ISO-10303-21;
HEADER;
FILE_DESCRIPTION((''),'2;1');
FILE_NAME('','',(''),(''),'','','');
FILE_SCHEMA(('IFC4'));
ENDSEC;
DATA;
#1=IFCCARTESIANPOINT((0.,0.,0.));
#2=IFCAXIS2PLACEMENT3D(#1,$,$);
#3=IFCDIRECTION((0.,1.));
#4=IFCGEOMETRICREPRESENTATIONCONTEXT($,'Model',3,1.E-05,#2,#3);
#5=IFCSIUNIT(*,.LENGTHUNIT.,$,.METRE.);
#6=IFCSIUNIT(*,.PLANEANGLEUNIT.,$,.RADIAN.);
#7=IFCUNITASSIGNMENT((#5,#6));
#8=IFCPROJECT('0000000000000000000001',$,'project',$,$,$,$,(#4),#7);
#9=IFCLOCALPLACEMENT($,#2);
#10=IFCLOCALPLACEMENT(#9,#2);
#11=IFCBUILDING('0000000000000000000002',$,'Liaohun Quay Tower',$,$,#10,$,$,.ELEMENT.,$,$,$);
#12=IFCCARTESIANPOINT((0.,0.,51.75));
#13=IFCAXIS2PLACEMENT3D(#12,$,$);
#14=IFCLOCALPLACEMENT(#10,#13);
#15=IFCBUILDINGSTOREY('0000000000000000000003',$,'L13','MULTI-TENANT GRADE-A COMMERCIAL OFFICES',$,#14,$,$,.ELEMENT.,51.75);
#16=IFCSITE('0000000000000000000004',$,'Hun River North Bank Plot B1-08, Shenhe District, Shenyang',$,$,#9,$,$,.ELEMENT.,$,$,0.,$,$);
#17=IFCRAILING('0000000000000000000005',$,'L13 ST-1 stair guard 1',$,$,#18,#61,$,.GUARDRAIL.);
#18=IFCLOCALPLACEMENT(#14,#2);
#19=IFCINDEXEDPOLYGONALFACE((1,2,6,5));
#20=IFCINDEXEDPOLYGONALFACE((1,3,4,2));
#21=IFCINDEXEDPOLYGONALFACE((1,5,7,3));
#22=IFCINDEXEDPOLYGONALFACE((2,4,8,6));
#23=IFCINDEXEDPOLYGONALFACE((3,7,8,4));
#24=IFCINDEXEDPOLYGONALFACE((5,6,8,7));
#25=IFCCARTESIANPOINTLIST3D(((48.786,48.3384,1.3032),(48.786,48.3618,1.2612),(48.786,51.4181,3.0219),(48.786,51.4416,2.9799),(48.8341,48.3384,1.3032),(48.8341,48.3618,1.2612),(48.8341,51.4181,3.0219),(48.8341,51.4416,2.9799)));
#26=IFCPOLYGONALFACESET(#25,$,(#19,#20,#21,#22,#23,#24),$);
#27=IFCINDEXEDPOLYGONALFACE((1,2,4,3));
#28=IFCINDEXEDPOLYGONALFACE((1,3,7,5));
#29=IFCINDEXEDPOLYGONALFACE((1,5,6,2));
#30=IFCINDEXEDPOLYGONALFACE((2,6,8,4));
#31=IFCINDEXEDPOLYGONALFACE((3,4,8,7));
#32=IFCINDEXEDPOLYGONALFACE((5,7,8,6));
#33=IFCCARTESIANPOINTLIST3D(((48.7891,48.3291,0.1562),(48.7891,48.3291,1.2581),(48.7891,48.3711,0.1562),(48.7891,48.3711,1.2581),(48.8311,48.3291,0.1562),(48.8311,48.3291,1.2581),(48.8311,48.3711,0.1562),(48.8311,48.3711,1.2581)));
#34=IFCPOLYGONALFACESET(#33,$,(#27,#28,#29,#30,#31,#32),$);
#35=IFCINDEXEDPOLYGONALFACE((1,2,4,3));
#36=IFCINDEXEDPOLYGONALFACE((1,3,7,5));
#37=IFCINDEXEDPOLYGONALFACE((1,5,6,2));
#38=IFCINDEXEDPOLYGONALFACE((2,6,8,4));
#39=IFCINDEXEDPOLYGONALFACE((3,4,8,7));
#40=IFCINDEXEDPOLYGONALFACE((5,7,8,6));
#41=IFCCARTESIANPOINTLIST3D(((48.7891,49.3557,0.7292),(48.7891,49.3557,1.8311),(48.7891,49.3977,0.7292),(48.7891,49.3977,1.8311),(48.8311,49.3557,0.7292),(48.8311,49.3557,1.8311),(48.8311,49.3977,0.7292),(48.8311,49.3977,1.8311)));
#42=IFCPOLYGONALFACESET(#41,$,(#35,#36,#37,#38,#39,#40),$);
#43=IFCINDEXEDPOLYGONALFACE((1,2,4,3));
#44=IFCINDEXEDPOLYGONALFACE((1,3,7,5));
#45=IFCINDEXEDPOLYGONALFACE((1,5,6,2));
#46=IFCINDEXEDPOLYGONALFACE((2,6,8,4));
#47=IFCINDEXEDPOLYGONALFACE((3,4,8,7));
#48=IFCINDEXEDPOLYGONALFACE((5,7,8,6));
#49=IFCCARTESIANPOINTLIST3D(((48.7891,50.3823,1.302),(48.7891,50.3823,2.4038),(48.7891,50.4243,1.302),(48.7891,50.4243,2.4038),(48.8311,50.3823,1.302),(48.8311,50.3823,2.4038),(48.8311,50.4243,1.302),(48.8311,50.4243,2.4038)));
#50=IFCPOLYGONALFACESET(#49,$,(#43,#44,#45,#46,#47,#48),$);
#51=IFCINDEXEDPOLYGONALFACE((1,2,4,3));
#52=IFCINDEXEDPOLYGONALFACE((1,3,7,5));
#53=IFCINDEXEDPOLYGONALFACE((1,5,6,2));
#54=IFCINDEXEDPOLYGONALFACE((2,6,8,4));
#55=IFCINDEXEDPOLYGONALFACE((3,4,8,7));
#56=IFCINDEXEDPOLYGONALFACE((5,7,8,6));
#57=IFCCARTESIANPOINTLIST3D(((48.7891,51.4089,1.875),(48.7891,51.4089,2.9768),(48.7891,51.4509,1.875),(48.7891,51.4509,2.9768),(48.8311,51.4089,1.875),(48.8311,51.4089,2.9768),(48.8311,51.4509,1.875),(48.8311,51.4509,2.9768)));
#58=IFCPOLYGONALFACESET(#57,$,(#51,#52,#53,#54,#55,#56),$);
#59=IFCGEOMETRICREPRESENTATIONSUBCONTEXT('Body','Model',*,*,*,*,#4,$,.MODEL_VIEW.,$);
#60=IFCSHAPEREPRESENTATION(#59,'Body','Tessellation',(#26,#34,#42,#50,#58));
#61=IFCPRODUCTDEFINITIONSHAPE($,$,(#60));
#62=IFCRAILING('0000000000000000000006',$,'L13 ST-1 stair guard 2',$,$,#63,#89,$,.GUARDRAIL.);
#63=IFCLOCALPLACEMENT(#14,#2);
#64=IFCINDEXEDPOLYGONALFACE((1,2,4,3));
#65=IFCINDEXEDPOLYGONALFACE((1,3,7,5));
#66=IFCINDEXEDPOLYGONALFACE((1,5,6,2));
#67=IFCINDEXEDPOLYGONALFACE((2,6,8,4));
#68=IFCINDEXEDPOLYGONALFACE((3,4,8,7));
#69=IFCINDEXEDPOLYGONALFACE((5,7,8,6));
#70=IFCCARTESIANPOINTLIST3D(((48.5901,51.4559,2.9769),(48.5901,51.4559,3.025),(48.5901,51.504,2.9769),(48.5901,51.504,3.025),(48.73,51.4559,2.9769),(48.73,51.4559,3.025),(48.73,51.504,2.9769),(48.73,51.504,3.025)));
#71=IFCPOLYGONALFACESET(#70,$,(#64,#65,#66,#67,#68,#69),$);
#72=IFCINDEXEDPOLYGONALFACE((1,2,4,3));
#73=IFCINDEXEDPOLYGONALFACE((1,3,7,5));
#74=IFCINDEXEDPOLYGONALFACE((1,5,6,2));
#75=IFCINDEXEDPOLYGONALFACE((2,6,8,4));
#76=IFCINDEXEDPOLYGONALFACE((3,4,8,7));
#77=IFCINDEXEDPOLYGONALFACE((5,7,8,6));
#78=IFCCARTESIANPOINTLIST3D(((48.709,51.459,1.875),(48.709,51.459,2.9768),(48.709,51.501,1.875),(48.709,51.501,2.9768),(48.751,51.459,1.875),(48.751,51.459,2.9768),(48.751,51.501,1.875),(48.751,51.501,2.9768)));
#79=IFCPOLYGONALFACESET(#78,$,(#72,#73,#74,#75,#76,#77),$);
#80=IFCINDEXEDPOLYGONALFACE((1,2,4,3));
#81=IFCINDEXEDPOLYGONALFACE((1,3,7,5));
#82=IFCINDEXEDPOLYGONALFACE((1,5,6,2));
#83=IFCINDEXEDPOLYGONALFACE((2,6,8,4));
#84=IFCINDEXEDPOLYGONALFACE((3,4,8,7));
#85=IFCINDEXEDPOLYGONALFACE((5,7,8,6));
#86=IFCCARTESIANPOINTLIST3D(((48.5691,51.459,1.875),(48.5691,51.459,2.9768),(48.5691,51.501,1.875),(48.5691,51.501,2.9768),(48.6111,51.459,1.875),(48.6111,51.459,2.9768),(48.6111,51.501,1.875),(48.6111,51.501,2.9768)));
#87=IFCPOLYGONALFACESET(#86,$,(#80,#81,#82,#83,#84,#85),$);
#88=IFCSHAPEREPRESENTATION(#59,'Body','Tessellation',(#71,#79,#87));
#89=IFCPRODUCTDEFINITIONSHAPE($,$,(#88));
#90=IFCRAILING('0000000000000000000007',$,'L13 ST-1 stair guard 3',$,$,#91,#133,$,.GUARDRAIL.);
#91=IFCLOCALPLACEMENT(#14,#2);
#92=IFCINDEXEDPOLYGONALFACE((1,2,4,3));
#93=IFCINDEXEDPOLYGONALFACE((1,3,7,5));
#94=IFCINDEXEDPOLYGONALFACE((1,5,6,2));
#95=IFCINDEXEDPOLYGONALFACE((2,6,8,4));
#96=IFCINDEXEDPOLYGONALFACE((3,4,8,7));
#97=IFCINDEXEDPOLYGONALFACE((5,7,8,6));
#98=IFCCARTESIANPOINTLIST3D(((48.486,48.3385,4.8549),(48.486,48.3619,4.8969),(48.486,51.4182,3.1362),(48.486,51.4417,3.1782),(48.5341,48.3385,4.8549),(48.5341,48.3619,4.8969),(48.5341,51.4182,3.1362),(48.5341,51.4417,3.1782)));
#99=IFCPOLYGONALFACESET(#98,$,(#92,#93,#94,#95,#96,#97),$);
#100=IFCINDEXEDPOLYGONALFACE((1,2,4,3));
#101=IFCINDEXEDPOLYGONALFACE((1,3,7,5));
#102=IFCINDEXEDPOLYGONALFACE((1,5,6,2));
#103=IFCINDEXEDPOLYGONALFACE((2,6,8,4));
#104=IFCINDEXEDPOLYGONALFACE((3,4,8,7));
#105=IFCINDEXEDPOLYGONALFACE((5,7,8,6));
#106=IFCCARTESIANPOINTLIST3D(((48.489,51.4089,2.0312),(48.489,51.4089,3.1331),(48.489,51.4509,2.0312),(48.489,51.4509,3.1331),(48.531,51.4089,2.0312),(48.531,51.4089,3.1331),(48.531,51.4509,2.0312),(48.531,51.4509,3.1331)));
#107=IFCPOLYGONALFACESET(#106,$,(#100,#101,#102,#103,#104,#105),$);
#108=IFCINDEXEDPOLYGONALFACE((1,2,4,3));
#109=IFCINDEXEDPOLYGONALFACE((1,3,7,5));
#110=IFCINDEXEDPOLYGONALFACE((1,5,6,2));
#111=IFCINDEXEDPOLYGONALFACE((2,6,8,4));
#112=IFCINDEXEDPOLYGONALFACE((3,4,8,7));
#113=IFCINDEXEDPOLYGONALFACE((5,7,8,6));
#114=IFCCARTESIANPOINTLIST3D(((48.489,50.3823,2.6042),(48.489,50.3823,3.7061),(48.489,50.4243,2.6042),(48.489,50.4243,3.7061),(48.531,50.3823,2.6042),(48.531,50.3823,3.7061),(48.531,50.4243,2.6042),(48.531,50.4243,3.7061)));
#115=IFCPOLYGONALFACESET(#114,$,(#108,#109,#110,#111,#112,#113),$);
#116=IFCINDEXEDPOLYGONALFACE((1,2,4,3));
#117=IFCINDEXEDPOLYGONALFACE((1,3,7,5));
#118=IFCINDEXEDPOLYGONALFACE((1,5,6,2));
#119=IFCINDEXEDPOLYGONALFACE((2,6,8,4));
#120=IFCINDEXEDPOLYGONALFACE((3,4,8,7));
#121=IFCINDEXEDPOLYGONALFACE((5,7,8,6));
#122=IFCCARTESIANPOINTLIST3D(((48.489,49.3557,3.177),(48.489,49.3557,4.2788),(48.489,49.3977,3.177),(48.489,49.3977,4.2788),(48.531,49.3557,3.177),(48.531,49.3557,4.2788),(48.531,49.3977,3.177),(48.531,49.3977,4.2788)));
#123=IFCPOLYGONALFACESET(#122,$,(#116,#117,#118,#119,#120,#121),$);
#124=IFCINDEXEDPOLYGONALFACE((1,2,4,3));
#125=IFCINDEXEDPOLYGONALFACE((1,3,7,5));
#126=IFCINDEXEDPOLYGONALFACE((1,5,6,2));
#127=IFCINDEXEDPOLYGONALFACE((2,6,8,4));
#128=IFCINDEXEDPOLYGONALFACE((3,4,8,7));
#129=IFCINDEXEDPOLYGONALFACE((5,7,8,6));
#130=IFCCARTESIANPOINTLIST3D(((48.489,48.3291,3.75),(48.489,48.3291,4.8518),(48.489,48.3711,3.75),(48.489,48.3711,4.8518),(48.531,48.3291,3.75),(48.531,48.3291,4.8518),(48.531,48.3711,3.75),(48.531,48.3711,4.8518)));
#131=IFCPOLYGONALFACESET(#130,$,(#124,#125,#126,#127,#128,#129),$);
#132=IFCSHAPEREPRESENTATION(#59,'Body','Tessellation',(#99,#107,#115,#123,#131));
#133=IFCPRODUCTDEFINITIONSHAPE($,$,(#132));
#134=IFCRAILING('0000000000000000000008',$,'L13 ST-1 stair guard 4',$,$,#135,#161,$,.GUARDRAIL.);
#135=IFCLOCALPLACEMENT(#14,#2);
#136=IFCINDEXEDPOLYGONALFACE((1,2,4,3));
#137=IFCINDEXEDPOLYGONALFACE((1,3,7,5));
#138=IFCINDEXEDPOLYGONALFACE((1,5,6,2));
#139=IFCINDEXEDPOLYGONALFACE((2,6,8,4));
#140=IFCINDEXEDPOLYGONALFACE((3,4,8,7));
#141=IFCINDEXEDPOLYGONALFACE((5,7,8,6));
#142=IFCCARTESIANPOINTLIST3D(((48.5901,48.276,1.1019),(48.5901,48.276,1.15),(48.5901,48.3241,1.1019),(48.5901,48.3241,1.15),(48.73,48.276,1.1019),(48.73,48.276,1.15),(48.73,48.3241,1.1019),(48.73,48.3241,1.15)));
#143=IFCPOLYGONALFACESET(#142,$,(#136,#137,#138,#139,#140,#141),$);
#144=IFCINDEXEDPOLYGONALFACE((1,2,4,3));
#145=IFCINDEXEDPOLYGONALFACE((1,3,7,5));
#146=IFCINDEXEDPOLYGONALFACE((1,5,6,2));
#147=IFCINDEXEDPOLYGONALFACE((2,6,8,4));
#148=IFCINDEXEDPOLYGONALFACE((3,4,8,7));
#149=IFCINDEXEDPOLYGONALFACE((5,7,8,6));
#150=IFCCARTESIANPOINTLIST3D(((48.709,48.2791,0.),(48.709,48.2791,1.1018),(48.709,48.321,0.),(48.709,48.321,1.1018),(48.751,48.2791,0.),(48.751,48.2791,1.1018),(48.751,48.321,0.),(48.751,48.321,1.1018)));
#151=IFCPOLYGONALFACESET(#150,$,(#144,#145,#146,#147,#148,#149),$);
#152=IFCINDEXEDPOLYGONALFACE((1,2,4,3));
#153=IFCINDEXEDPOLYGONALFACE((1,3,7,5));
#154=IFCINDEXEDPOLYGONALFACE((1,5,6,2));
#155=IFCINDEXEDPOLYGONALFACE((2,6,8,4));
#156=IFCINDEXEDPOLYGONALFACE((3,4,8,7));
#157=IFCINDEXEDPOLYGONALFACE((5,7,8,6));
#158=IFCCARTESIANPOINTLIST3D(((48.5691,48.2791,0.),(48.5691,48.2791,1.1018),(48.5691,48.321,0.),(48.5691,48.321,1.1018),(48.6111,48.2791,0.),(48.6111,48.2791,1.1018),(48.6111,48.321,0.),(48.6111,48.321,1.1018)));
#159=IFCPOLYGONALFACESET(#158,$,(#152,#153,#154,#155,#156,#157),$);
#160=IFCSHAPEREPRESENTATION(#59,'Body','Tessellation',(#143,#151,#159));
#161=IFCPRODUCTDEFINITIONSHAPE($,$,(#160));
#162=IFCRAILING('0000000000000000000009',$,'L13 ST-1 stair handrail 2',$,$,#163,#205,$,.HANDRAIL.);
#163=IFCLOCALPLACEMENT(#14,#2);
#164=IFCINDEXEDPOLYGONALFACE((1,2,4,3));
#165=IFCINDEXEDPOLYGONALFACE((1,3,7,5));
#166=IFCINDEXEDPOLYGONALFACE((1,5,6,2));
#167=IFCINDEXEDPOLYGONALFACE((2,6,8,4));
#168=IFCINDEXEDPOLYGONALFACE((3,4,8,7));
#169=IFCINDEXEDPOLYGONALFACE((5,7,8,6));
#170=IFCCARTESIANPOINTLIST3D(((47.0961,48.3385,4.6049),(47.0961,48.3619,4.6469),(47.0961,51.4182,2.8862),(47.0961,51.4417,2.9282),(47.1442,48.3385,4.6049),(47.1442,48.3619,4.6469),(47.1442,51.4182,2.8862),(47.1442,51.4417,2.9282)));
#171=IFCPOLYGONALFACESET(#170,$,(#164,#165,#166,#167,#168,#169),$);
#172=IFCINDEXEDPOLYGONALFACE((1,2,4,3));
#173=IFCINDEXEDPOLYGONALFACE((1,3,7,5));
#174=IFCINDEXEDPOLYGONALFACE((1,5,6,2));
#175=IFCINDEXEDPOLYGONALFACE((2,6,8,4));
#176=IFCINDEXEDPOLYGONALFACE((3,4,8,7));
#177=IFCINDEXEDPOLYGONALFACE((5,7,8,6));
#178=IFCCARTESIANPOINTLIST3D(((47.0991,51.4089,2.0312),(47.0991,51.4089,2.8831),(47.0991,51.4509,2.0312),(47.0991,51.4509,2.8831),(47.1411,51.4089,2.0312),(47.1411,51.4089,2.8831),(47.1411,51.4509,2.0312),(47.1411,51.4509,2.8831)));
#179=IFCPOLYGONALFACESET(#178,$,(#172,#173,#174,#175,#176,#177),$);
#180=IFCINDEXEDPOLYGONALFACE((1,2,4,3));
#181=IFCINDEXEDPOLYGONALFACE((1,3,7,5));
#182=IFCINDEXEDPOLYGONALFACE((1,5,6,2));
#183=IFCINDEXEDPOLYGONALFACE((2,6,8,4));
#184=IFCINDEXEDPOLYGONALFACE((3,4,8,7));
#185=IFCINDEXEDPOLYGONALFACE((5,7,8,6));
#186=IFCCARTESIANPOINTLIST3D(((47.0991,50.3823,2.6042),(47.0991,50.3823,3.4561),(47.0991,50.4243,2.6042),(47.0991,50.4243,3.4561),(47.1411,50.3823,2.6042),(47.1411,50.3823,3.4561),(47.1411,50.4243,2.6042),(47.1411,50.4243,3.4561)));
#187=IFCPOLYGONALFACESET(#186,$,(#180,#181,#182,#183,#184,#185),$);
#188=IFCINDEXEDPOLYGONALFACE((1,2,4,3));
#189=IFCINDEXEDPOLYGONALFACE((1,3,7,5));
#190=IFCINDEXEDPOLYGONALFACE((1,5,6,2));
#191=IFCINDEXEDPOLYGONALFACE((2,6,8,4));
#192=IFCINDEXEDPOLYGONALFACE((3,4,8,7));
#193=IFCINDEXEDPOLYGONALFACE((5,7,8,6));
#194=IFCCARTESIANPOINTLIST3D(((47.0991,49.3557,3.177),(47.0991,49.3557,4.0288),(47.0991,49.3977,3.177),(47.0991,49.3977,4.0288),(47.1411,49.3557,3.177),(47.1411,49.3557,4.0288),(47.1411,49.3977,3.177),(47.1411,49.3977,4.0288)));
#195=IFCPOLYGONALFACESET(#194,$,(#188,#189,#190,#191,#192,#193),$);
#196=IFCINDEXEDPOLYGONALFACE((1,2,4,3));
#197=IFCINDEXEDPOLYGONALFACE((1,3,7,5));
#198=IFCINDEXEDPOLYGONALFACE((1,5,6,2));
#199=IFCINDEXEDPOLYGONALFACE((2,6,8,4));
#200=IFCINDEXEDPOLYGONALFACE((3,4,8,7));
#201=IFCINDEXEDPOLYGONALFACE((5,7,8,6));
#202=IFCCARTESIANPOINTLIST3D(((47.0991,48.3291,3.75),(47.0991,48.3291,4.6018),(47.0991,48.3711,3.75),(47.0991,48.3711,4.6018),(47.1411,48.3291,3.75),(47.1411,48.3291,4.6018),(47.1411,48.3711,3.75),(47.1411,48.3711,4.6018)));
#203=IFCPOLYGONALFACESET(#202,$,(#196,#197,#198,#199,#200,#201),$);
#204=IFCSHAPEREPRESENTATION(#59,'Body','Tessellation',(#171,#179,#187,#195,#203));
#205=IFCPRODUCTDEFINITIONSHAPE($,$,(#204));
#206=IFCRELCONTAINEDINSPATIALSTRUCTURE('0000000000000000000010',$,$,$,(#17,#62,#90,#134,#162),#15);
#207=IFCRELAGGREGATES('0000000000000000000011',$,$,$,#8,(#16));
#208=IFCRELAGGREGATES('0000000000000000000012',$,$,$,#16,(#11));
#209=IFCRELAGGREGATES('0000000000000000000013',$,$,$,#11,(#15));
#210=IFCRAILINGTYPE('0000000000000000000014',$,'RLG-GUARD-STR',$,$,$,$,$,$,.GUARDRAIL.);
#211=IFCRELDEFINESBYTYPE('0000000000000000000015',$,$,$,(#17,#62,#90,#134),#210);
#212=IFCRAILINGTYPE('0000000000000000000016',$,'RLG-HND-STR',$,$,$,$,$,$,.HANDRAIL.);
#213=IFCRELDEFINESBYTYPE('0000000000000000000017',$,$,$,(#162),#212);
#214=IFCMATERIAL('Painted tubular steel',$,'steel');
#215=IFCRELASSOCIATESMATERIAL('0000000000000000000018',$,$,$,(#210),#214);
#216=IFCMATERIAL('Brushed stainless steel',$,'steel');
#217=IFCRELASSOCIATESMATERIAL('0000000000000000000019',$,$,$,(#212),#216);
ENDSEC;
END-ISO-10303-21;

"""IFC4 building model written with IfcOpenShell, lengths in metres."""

from ifc_helpers import new_model, si_unit, direction, frame, origin, origin_2d, place, context, subcontext, project, spatial, rectangle, extrude, material, type_object, element, save


model = new_model("IFC4")

# Units and contexts
model_context = context("Model", 3, precision=1e-05, world=origin(), true_north=direction((0.0, 1.0)))
body_context = subcontext(model_context, "Body", "Model", "MODEL_VIEW")
ifc_project = project(units=[si_unit("LENGTHUNIT", "METRE"), si_unit("PLANEANGLEUNIT", "RADIAN")], contexts=[model_context])

# Site, building, storey
site_placement = place(None, origin())
site = spatial("IfcSite", under=ifc_project, at=site_placement, Name="Hun River North Bank Plot B1-08, Shenhe District, Shenyang", CompositionType="ELEMENT", RefElevation=0.0)
building_placement = place(site_placement, origin())
building = spatial("IfcBuilding", under=site, at=building_placement, Name="Liaohun Quay Tower", CompositionType="ELEMENT")
storey_placement = place(building_placement, frame((0.0, 0.0, 51.75)))
storey = spatial("IfcBuildingStorey", under=building, at=storey_placement, Name="L13", Description="MULTI-TENANT GRADE-A COMMERCIAL OFFICES", CompositionType="ELEMENT", Elevation=51.75)

# Railings
ifc_material_1 = material(Name="Painted tubular steel", Category="steel")
railing_type_1 = type_object("IfcRailingType", Name="RLG-GUARD-STR", PredefinedType="GUARDRAIL", material=ifc_material_1)
railing_1_placement = place(storey_placement, frame((48.8101, 48.3501, 0.1562)))
element("IfcRailing", 1, at=railing_1_placement, inside=storey, type_object=railing_type_1, Name="L13 ST-1 stair guard 1", PredefinedType="GUARDRAIL", context=body_context, shape_type="SweptSolid", body=[
    extrude(rectangle(XDim=0.0481, YDim=0.0481, at=origin_2d()), frame((0.0, 0.0, 1.126), z_axis=(0.0, 0.873225, 0.487317), x_axis=(-1.0, 0.0, 0.0)), (0.0, 0.0, 1.0), 3.5269),
    extrude(rectangle(XDim=0.042, YDim=0.042, at=origin_2d()), origin(), (0.0, 0.0, 1.0), 1.1018),
    extrude(rectangle(XDim=0.042, YDim=0.042, at=origin_2d()), frame((0.0, 1.0266, 0.573)), (0.0, 0.0, 1.0), 1.1018),
    extrude(rectangle(XDim=0.042, YDim=0.042, at=origin_2d()), frame((0.0, 2.0532, 1.1458)), (0.0, 0.0, 1.0), 1.1018),
    extrude(rectangle(XDim=0.042, YDim=0.042, at=origin_2d()), frame((0.0, 3.0798, 1.7188)), (0.0, 0.0, 1.0), 1.1018),
])
railing_2_placement = place(storey_placement, frame((48.73, 51.48, 1.875)))
element("IfcRailing", 2, at=railing_2_placement, inside=storey, type_object=railing_type_1, Name="L13 ST-1 stair guard 2", PredefinedType="GUARDRAIL", context=body_context, shape_type="SweptSolid", body=[
    extrude(rectangle(XDim=0.0481, YDim=0.0481, at=origin_2d()), frame((0.0, 0.0, 1.126), z_axis=(-1.0, 0.0, 0.0), x_axis=(0.0, -1.0, 0.0)), (0.0, 0.0, 1.0), 0.1399),
    extrude(rectangle(XDim=0.042, YDim=0.042, at=origin_2d()), origin(), (0.0, 0.0, 1.0), 1.1018),
    extrude(rectangle(XDim=0.042, YDim=0.042, at=origin_2d()), frame((-0.1399, 0.0, 0.0)), (0.0, 0.0, 1.0), 1.1018),
])
railing_3_placement = place(storey_placement, frame((48.51, 51.4299, 2.0312)))
element("IfcRailing", 3, at=railing_3_placement, inside=storey, type_object=railing_type_1, Name="L13 ST-1 stair guard 3", PredefinedType="GUARDRAIL", context=body_context, shape_type="SweptSolid", body=[
    extrude(rectangle(XDim=0.0481, YDim=0.0481, at=origin_2d()), frame((0.0, 0.0, 1.126), z_axis=(0.0, -0.873225, 0.487317), x_axis=(1.0, 0.0, 0.0)), (0.0, 0.0, 1.0), 3.5269),
    extrude(rectangle(XDim=0.042, YDim=0.042, at=origin_2d()), origin(), (0.0, 0.0, 1.0), 1.1018),
    extrude(rectangle(XDim=0.042, YDim=0.042, at=origin_2d()), frame((0.0, -1.0266, 0.573)), (0.0, 0.0, 1.0), 1.1018),
    extrude(rectangle(XDim=0.042, YDim=0.042, at=origin_2d()), frame((0.0, -2.0532, 1.1458)), (0.0, 0.0, 1.0), 1.1018),
    extrude(rectangle(XDim=0.042, YDim=0.042, at=origin_2d()), frame((0.0, -3.0798, 1.7188)), (0.0, 0.0, 1.0), 1.1018),
])
railing_4_placement = place(storey_placement, frame((48.73, 48.3, 0.0)))
element("IfcRailing", 4, at=railing_4_placement, inside=storey, type_object=railing_type_1, Name="L13 ST-1 stair guard 4", PredefinedType="GUARDRAIL", context=body_context, shape_type="SweptSolid", body=[
    extrude(rectangle(XDim=0.0481, YDim=0.0481, at=origin_2d()), frame((0.0, 0.0, 1.126), z_axis=(-1.0, 0.0, 0.0), x_axis=(0.0, -1.0, 0.0)), (0.0, 0.0, 1.0), 0.1399),
    extrude(rectangle(XDim=0.042, YDim=0.042, at=origin_2d()), origin(), (0.0, 0.0, 1.0), 1.1018),
    extrude(rectangle(XDim=0.042, YDim=0.042, at=origin_2d()), frame((-0.1399, 0.0, 0.0)), (0.0, 0.0, 1.0), 1.1018),
])
ifc_material_2 = material(Name="Brushed stainless steel", Category="steel")
railing_type_2 = type_object("IfcRailingType", Name="RLG-HND-STR", PredefinedType="HANDRAIL", material=ifc_material_2)
railing_5_placement = place(storey_placement, frame((47.1201, 51.4299, 2.0312)))
element("IfcRailing", 5, at=railing_5_placement, inside=storey, type_object=railing_type_2, Name="L13 ST-1 stair handrail 2", PredefinedType="HANDRAIL", context=body_context, shape_type="SweptSolid", body=[
    extrude(rectangle(XDim=0.0481, YDim=0.0481, at=origin_2d()), frame((0.0, 0.0, 0.876), z_axis=(0.0, -0.873225, 0.487317), x_axis=(1.0, 0.0, 0.0)), (0.0, 0.0, 1.0), 3.5269),
    extrude(rectangle(XDim=0.042, YDim=0.042, at=origin_2d()), origin(), (0.0, 0.0, 1.0), 0.8518),
    extrude(rectangle(XDim=0.042, YDim=0.042, at=origin_2d()), frame((0.0, -1.0266, 0.573)), (0.0, 0.0, 1.0), 0.8518),
    extrude(rectangle(XDim=0.042, YDim=0.042, at=origin_2d()), frame((0.0, -2.0532, 1.1458)), (0.0, 0.0, 1.0), 0.8518),
    extrude(rectangle(XDim=0.042, YDim=0.042, at=origin_2d()), frame((0.0, -3.0798, 1.7188)), (0.0, 0.0, 1.0), 0.8518),
])

save(model, "model.ifc")
